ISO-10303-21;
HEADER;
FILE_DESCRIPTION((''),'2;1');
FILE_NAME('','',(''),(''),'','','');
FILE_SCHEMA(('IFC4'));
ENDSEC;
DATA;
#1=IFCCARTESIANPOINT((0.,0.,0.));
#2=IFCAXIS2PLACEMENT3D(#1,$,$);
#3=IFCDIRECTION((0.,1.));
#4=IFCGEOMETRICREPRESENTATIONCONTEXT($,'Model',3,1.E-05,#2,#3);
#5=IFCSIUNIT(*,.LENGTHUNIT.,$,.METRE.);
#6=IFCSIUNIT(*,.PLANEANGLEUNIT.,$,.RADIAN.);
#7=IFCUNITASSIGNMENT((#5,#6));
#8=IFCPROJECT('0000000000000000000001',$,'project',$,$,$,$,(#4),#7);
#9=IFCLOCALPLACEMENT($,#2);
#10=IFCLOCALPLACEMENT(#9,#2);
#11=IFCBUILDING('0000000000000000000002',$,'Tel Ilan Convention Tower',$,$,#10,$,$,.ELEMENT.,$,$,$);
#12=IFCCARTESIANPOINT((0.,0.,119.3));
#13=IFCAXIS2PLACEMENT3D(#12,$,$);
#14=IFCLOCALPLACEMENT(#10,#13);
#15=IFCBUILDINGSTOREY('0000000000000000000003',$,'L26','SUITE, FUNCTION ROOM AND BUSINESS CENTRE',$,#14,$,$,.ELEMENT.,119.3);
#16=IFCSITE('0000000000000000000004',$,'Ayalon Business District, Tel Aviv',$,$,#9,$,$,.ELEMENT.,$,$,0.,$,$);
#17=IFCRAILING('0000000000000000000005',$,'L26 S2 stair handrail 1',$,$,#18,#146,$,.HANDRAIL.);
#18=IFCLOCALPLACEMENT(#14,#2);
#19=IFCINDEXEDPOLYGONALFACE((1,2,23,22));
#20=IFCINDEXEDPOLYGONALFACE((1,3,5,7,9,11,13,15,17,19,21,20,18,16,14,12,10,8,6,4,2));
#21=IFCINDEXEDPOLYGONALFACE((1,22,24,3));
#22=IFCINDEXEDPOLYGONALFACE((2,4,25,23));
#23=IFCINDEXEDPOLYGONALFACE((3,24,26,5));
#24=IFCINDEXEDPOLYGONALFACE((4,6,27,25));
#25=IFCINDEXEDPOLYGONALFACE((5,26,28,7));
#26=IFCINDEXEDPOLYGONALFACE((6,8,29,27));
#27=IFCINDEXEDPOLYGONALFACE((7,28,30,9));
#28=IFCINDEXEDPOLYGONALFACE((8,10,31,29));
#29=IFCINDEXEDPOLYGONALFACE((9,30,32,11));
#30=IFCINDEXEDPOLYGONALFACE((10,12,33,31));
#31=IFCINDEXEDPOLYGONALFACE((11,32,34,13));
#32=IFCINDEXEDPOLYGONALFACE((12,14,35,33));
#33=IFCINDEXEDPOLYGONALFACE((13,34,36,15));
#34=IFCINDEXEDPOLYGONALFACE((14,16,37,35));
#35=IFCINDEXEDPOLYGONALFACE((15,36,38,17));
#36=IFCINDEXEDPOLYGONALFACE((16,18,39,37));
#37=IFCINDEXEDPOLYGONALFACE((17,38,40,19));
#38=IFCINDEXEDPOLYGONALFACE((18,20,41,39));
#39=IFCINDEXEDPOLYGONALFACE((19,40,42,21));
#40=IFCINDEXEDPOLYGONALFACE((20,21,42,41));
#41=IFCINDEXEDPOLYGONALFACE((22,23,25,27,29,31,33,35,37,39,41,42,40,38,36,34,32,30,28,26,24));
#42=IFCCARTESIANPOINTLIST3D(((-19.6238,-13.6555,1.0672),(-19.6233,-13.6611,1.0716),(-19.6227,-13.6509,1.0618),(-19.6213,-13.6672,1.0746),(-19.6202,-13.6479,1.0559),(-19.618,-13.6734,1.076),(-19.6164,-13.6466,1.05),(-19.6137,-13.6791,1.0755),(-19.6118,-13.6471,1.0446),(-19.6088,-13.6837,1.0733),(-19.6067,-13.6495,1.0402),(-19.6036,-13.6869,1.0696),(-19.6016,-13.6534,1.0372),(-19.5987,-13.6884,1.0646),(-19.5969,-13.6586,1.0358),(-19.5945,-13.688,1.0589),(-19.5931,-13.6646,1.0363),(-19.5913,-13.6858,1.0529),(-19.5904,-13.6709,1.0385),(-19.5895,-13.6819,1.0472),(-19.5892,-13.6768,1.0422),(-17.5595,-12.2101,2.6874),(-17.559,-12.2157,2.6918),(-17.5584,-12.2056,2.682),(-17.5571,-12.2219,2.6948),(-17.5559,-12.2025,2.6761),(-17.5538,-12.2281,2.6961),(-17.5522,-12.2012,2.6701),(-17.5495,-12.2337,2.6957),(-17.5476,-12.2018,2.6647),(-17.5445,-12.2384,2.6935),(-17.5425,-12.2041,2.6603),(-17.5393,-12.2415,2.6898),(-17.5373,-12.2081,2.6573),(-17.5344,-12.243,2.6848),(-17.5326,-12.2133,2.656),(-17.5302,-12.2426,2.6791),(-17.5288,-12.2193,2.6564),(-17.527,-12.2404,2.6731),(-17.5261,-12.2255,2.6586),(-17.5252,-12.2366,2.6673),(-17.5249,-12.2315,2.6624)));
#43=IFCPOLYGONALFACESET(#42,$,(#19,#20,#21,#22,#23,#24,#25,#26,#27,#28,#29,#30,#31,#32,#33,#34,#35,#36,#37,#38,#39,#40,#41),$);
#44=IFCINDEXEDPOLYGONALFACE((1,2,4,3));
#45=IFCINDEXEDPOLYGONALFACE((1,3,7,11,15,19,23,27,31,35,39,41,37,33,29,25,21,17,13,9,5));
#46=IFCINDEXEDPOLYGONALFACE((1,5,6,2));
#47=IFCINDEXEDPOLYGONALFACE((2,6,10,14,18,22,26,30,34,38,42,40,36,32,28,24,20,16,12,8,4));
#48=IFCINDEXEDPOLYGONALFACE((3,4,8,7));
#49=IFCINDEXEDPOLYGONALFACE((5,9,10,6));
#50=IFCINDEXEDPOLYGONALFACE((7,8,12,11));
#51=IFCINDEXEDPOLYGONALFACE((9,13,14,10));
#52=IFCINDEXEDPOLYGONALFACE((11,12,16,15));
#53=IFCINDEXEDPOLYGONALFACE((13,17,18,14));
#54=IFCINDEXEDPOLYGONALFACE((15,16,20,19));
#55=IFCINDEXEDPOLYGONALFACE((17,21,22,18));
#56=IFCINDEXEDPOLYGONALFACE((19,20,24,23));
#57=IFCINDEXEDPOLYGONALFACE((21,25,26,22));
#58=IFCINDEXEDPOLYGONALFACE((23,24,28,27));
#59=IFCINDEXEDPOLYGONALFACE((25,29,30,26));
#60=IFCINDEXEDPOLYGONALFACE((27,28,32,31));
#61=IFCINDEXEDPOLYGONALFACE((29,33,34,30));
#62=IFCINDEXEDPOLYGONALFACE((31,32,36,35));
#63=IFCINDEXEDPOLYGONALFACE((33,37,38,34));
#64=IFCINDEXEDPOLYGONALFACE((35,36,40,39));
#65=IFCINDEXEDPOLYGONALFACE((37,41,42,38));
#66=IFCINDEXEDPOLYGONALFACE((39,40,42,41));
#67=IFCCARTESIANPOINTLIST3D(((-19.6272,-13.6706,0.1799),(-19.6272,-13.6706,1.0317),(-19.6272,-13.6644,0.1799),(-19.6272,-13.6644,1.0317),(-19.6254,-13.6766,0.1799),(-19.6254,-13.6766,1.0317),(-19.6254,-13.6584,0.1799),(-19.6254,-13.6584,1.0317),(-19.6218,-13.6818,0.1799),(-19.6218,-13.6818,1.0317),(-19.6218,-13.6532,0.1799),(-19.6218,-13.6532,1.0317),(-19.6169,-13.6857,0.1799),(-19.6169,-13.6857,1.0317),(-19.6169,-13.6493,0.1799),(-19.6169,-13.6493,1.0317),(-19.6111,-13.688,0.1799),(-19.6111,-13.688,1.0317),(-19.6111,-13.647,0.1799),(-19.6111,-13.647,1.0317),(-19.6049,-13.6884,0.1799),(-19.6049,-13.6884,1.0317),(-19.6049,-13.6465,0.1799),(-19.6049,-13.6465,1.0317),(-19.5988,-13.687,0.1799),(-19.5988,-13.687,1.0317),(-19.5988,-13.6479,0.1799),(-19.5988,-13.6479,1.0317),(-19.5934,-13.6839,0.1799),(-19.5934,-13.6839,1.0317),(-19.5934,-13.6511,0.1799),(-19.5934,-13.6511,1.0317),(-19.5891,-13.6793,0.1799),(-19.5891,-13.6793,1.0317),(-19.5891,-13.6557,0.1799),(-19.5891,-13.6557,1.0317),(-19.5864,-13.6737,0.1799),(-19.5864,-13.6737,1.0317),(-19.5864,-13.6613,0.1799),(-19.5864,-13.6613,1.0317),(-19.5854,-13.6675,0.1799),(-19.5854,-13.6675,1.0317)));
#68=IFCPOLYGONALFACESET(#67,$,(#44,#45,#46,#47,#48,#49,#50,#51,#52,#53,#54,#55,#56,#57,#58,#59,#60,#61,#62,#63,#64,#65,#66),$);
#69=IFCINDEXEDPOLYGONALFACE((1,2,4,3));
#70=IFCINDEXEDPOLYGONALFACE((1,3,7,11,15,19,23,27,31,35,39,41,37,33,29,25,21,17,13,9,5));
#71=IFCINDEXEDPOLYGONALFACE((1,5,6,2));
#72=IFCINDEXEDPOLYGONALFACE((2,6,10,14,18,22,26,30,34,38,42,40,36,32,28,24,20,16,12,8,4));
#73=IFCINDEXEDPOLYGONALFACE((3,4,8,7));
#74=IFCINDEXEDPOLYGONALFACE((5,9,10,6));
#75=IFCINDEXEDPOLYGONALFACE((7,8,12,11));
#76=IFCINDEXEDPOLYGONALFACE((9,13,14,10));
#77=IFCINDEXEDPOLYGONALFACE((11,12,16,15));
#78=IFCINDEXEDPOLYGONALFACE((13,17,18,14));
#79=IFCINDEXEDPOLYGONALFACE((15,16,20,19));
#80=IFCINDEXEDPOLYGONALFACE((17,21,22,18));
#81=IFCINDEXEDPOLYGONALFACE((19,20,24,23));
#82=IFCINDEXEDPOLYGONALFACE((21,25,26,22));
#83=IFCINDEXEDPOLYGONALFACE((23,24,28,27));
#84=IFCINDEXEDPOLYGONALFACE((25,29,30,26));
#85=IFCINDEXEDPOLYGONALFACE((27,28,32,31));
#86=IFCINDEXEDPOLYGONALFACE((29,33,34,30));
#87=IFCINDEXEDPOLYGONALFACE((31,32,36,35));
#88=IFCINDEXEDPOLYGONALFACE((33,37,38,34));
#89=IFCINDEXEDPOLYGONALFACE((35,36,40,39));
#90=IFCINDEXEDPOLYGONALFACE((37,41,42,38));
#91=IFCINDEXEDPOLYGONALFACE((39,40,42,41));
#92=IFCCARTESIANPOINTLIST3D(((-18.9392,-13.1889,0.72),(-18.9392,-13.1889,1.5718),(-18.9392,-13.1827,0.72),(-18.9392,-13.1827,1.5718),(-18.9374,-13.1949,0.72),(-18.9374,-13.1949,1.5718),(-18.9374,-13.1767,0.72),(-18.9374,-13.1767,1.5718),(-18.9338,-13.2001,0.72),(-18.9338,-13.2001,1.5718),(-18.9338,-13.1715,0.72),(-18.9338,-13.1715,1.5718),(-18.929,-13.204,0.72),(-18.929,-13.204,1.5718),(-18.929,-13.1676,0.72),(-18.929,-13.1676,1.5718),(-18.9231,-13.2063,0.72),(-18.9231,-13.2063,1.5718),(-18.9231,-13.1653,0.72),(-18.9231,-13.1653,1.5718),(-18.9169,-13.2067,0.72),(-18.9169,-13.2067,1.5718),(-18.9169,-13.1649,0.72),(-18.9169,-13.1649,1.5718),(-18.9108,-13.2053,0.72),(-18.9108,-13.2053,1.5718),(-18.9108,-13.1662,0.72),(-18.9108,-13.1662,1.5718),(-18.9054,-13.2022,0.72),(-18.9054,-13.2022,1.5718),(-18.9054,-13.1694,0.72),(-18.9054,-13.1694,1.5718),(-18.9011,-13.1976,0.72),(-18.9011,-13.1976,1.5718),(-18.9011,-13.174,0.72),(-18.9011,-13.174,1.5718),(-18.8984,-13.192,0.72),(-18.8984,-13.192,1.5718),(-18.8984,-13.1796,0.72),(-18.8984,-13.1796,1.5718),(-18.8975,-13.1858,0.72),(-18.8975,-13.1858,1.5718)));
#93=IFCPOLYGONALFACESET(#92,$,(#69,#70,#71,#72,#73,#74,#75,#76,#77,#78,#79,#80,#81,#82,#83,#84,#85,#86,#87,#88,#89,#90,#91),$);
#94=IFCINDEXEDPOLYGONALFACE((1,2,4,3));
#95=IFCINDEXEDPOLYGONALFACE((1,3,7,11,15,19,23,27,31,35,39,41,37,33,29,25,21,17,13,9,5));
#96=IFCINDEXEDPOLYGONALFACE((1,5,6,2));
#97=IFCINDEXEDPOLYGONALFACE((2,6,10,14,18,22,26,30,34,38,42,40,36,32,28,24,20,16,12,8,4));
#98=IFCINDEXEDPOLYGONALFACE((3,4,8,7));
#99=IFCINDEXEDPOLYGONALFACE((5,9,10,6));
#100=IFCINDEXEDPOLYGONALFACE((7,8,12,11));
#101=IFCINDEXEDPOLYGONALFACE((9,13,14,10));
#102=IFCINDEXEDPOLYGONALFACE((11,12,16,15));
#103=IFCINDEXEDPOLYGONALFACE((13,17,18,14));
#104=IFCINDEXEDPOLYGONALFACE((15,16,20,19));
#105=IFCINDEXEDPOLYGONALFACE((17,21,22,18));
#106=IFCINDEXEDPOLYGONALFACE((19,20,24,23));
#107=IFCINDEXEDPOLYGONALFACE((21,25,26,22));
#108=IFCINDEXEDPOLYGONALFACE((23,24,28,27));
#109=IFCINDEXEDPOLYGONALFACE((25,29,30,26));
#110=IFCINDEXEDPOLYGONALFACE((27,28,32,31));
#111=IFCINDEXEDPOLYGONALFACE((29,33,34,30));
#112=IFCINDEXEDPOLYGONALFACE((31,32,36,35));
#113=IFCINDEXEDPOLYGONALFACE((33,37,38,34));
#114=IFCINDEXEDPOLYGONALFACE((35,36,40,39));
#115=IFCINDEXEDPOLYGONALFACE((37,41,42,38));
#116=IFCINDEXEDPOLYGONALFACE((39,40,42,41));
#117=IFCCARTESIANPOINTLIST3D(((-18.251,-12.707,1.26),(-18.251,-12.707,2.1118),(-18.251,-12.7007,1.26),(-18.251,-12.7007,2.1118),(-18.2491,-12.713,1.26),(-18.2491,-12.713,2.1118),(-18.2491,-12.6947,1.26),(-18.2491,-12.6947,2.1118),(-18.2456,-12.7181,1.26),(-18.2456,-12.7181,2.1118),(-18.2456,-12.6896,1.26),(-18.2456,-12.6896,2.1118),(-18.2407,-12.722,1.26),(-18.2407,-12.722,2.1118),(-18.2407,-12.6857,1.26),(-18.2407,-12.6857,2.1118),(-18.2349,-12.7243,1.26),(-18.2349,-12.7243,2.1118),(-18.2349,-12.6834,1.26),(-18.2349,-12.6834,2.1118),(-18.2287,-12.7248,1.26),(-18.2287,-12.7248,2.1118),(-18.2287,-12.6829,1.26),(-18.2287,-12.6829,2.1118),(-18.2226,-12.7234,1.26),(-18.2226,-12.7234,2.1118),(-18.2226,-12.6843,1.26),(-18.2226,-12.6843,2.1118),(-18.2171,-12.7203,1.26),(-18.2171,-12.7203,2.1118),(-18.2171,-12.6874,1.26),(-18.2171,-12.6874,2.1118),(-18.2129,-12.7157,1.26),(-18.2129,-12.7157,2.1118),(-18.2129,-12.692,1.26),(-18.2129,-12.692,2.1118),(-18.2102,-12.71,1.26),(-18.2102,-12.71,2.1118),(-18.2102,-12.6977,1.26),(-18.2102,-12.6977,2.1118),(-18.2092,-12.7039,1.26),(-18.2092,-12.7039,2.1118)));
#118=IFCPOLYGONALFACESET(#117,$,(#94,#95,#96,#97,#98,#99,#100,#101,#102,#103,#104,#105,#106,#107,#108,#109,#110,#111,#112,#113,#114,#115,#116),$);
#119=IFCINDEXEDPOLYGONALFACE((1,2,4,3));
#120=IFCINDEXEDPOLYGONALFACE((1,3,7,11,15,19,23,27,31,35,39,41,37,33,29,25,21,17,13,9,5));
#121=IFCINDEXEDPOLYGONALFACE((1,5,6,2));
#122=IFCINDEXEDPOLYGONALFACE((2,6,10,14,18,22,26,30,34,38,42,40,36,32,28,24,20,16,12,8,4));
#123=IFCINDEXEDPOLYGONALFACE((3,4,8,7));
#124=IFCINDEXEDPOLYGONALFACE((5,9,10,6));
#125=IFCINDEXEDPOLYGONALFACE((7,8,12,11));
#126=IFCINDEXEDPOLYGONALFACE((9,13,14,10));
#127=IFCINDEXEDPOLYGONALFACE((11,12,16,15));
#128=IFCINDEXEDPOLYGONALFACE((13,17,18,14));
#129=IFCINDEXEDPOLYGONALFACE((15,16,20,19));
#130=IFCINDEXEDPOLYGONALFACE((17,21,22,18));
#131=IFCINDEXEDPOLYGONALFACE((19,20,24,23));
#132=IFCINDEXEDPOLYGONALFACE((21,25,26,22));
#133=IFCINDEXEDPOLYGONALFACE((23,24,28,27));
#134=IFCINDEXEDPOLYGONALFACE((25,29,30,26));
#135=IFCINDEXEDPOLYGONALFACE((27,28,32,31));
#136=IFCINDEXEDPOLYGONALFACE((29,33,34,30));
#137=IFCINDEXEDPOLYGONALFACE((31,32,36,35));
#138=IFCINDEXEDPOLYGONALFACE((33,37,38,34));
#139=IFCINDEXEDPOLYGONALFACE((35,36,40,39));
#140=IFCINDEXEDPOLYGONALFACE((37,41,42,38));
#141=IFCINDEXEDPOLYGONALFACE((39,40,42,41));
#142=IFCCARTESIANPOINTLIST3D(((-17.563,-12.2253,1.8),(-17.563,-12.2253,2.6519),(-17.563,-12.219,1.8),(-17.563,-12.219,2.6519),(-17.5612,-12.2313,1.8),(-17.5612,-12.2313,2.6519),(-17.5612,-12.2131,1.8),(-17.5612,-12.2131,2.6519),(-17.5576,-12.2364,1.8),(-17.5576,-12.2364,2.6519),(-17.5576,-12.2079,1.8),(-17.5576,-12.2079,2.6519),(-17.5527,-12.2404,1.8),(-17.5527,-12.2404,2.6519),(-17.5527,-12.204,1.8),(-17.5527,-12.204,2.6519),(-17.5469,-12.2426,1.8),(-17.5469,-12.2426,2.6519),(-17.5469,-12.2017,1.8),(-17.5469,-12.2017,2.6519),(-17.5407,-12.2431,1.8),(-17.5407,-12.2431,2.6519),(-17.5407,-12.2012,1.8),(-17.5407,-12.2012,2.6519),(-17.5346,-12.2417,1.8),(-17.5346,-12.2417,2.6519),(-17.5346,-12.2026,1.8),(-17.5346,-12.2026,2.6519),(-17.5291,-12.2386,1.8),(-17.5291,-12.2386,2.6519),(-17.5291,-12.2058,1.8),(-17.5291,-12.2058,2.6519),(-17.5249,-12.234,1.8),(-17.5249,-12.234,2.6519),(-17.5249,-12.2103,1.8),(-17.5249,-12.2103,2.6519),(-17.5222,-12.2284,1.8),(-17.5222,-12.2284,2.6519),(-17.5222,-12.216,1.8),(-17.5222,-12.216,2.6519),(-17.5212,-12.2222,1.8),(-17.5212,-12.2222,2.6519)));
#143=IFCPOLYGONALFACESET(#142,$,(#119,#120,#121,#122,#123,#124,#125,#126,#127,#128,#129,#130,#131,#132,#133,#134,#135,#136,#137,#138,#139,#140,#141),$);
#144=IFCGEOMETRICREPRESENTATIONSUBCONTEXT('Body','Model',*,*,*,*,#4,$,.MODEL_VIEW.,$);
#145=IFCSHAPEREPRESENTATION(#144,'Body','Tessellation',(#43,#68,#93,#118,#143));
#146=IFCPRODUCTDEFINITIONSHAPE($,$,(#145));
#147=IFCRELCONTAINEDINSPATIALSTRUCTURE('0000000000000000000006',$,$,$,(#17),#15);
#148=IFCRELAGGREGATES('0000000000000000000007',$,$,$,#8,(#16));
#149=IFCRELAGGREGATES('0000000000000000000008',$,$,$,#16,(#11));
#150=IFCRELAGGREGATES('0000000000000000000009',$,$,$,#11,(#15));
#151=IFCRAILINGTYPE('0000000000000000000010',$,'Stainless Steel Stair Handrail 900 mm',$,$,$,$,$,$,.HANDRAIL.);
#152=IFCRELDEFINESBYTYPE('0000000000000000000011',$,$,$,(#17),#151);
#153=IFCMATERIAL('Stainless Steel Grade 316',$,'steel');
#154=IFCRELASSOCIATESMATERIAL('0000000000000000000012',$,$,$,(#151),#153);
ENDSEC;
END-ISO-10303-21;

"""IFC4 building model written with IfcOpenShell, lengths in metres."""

from ifc_helpers import new_model, si_unit, direction, frame, origin, origin_2d, place, context, subcontext, project, spatial, circle, extrude, material, type_object, element, save


model = new_model("IFC4")

# Units and contexts
model_context = context("Model", 3, precision=1e-05, world=origin(), true_north=direction((0.0, 1.0)))
body_context = subcontext(model_context, "Body", "Model", "MODEL_VIEW")
ifc_project = project(units=[si_unit("LENGTHUNIT", "METRE"), si_unit("PLANEANGLEUNIT", "RADIAN")], contexts=[model_context])

# Site, building, storey
site_placement = place(None, origin())
site = spatial("IfcSite", under=ifc_project, at=site_placement, Name="Ayalon Business District, Tel Aviv", CompositionType="ELEMENT", RefElevation=0.0)
building_placement = place(site_placement, origin())
building = spatial("IfcBuilding", under=site, at=building_placement, Name="Tel Ilan Convention Tower", CompositionType="ELEMENT")
storey_placement = place(building_placement, frame((0.0, 0.0, 119.3)))
storey = spatial("IfcBuildingStorey", under=building, at=storey_placement, Name="L26", Description="SUITE, FUNCTION ROOM AND BUSINESS CENTRE", CompositionType="ELEMENT", Elevation=119.3)

# Railing
ifc_material_1 = material(Name="Stainless Steel Grade 316", Category="steel")
railing_type_1 = type_object("IfcRailingType", Name="Stainless Steel Stair Handrail 900 mm", PredefinedType="HANDRAIL", material=ifc_material_1)
railing_1_placement = place(storey_placement, frame((-19.6064, -13.6675, 0.1799)))
element("IfcRailing", 1, at=railing_1_placement, inside=storey, type_object=railing_type_1, Name="L26 S2 stair handrail 1", PredefinedType="HANDRAIL", context=body_context, shape_type="SweptSolid", body=[
    extrude(circle(Radius=0.0239, at=origin_2d()), frame((0.0, 0.0, 0.876), z_axis=(0.68904, 0.48245, 0.540801), x_axis=(-0.57356, 0.819164, 0.0)), (0.0, 0.0, 1.0), 2.9958),
    extrude(circle(Radius=0.021, at=origin_2d()), origin(), (0.0, 0.0, 1.0), 0.8518),
    extrude(circle(Radius=0.021, at=origin_2d()), frame((0.688, 0.4817, 0.54)), (0.0, 0.0, 1.0), 0.8518),
    extrude(circle(Radius=0.021, at=origin_2d()), frame((1.3762, 0.9636, 1.0801)), (0.0, 0.0, 1.0), 0.8518),
    extrude(circle(Radius=0.021, at=origin_2d()), frame((2.0642, 1.4453, 1.6201)), (0.0, 0.0, 1.0), 0.8518),
])

save(model, "model.ifc")
